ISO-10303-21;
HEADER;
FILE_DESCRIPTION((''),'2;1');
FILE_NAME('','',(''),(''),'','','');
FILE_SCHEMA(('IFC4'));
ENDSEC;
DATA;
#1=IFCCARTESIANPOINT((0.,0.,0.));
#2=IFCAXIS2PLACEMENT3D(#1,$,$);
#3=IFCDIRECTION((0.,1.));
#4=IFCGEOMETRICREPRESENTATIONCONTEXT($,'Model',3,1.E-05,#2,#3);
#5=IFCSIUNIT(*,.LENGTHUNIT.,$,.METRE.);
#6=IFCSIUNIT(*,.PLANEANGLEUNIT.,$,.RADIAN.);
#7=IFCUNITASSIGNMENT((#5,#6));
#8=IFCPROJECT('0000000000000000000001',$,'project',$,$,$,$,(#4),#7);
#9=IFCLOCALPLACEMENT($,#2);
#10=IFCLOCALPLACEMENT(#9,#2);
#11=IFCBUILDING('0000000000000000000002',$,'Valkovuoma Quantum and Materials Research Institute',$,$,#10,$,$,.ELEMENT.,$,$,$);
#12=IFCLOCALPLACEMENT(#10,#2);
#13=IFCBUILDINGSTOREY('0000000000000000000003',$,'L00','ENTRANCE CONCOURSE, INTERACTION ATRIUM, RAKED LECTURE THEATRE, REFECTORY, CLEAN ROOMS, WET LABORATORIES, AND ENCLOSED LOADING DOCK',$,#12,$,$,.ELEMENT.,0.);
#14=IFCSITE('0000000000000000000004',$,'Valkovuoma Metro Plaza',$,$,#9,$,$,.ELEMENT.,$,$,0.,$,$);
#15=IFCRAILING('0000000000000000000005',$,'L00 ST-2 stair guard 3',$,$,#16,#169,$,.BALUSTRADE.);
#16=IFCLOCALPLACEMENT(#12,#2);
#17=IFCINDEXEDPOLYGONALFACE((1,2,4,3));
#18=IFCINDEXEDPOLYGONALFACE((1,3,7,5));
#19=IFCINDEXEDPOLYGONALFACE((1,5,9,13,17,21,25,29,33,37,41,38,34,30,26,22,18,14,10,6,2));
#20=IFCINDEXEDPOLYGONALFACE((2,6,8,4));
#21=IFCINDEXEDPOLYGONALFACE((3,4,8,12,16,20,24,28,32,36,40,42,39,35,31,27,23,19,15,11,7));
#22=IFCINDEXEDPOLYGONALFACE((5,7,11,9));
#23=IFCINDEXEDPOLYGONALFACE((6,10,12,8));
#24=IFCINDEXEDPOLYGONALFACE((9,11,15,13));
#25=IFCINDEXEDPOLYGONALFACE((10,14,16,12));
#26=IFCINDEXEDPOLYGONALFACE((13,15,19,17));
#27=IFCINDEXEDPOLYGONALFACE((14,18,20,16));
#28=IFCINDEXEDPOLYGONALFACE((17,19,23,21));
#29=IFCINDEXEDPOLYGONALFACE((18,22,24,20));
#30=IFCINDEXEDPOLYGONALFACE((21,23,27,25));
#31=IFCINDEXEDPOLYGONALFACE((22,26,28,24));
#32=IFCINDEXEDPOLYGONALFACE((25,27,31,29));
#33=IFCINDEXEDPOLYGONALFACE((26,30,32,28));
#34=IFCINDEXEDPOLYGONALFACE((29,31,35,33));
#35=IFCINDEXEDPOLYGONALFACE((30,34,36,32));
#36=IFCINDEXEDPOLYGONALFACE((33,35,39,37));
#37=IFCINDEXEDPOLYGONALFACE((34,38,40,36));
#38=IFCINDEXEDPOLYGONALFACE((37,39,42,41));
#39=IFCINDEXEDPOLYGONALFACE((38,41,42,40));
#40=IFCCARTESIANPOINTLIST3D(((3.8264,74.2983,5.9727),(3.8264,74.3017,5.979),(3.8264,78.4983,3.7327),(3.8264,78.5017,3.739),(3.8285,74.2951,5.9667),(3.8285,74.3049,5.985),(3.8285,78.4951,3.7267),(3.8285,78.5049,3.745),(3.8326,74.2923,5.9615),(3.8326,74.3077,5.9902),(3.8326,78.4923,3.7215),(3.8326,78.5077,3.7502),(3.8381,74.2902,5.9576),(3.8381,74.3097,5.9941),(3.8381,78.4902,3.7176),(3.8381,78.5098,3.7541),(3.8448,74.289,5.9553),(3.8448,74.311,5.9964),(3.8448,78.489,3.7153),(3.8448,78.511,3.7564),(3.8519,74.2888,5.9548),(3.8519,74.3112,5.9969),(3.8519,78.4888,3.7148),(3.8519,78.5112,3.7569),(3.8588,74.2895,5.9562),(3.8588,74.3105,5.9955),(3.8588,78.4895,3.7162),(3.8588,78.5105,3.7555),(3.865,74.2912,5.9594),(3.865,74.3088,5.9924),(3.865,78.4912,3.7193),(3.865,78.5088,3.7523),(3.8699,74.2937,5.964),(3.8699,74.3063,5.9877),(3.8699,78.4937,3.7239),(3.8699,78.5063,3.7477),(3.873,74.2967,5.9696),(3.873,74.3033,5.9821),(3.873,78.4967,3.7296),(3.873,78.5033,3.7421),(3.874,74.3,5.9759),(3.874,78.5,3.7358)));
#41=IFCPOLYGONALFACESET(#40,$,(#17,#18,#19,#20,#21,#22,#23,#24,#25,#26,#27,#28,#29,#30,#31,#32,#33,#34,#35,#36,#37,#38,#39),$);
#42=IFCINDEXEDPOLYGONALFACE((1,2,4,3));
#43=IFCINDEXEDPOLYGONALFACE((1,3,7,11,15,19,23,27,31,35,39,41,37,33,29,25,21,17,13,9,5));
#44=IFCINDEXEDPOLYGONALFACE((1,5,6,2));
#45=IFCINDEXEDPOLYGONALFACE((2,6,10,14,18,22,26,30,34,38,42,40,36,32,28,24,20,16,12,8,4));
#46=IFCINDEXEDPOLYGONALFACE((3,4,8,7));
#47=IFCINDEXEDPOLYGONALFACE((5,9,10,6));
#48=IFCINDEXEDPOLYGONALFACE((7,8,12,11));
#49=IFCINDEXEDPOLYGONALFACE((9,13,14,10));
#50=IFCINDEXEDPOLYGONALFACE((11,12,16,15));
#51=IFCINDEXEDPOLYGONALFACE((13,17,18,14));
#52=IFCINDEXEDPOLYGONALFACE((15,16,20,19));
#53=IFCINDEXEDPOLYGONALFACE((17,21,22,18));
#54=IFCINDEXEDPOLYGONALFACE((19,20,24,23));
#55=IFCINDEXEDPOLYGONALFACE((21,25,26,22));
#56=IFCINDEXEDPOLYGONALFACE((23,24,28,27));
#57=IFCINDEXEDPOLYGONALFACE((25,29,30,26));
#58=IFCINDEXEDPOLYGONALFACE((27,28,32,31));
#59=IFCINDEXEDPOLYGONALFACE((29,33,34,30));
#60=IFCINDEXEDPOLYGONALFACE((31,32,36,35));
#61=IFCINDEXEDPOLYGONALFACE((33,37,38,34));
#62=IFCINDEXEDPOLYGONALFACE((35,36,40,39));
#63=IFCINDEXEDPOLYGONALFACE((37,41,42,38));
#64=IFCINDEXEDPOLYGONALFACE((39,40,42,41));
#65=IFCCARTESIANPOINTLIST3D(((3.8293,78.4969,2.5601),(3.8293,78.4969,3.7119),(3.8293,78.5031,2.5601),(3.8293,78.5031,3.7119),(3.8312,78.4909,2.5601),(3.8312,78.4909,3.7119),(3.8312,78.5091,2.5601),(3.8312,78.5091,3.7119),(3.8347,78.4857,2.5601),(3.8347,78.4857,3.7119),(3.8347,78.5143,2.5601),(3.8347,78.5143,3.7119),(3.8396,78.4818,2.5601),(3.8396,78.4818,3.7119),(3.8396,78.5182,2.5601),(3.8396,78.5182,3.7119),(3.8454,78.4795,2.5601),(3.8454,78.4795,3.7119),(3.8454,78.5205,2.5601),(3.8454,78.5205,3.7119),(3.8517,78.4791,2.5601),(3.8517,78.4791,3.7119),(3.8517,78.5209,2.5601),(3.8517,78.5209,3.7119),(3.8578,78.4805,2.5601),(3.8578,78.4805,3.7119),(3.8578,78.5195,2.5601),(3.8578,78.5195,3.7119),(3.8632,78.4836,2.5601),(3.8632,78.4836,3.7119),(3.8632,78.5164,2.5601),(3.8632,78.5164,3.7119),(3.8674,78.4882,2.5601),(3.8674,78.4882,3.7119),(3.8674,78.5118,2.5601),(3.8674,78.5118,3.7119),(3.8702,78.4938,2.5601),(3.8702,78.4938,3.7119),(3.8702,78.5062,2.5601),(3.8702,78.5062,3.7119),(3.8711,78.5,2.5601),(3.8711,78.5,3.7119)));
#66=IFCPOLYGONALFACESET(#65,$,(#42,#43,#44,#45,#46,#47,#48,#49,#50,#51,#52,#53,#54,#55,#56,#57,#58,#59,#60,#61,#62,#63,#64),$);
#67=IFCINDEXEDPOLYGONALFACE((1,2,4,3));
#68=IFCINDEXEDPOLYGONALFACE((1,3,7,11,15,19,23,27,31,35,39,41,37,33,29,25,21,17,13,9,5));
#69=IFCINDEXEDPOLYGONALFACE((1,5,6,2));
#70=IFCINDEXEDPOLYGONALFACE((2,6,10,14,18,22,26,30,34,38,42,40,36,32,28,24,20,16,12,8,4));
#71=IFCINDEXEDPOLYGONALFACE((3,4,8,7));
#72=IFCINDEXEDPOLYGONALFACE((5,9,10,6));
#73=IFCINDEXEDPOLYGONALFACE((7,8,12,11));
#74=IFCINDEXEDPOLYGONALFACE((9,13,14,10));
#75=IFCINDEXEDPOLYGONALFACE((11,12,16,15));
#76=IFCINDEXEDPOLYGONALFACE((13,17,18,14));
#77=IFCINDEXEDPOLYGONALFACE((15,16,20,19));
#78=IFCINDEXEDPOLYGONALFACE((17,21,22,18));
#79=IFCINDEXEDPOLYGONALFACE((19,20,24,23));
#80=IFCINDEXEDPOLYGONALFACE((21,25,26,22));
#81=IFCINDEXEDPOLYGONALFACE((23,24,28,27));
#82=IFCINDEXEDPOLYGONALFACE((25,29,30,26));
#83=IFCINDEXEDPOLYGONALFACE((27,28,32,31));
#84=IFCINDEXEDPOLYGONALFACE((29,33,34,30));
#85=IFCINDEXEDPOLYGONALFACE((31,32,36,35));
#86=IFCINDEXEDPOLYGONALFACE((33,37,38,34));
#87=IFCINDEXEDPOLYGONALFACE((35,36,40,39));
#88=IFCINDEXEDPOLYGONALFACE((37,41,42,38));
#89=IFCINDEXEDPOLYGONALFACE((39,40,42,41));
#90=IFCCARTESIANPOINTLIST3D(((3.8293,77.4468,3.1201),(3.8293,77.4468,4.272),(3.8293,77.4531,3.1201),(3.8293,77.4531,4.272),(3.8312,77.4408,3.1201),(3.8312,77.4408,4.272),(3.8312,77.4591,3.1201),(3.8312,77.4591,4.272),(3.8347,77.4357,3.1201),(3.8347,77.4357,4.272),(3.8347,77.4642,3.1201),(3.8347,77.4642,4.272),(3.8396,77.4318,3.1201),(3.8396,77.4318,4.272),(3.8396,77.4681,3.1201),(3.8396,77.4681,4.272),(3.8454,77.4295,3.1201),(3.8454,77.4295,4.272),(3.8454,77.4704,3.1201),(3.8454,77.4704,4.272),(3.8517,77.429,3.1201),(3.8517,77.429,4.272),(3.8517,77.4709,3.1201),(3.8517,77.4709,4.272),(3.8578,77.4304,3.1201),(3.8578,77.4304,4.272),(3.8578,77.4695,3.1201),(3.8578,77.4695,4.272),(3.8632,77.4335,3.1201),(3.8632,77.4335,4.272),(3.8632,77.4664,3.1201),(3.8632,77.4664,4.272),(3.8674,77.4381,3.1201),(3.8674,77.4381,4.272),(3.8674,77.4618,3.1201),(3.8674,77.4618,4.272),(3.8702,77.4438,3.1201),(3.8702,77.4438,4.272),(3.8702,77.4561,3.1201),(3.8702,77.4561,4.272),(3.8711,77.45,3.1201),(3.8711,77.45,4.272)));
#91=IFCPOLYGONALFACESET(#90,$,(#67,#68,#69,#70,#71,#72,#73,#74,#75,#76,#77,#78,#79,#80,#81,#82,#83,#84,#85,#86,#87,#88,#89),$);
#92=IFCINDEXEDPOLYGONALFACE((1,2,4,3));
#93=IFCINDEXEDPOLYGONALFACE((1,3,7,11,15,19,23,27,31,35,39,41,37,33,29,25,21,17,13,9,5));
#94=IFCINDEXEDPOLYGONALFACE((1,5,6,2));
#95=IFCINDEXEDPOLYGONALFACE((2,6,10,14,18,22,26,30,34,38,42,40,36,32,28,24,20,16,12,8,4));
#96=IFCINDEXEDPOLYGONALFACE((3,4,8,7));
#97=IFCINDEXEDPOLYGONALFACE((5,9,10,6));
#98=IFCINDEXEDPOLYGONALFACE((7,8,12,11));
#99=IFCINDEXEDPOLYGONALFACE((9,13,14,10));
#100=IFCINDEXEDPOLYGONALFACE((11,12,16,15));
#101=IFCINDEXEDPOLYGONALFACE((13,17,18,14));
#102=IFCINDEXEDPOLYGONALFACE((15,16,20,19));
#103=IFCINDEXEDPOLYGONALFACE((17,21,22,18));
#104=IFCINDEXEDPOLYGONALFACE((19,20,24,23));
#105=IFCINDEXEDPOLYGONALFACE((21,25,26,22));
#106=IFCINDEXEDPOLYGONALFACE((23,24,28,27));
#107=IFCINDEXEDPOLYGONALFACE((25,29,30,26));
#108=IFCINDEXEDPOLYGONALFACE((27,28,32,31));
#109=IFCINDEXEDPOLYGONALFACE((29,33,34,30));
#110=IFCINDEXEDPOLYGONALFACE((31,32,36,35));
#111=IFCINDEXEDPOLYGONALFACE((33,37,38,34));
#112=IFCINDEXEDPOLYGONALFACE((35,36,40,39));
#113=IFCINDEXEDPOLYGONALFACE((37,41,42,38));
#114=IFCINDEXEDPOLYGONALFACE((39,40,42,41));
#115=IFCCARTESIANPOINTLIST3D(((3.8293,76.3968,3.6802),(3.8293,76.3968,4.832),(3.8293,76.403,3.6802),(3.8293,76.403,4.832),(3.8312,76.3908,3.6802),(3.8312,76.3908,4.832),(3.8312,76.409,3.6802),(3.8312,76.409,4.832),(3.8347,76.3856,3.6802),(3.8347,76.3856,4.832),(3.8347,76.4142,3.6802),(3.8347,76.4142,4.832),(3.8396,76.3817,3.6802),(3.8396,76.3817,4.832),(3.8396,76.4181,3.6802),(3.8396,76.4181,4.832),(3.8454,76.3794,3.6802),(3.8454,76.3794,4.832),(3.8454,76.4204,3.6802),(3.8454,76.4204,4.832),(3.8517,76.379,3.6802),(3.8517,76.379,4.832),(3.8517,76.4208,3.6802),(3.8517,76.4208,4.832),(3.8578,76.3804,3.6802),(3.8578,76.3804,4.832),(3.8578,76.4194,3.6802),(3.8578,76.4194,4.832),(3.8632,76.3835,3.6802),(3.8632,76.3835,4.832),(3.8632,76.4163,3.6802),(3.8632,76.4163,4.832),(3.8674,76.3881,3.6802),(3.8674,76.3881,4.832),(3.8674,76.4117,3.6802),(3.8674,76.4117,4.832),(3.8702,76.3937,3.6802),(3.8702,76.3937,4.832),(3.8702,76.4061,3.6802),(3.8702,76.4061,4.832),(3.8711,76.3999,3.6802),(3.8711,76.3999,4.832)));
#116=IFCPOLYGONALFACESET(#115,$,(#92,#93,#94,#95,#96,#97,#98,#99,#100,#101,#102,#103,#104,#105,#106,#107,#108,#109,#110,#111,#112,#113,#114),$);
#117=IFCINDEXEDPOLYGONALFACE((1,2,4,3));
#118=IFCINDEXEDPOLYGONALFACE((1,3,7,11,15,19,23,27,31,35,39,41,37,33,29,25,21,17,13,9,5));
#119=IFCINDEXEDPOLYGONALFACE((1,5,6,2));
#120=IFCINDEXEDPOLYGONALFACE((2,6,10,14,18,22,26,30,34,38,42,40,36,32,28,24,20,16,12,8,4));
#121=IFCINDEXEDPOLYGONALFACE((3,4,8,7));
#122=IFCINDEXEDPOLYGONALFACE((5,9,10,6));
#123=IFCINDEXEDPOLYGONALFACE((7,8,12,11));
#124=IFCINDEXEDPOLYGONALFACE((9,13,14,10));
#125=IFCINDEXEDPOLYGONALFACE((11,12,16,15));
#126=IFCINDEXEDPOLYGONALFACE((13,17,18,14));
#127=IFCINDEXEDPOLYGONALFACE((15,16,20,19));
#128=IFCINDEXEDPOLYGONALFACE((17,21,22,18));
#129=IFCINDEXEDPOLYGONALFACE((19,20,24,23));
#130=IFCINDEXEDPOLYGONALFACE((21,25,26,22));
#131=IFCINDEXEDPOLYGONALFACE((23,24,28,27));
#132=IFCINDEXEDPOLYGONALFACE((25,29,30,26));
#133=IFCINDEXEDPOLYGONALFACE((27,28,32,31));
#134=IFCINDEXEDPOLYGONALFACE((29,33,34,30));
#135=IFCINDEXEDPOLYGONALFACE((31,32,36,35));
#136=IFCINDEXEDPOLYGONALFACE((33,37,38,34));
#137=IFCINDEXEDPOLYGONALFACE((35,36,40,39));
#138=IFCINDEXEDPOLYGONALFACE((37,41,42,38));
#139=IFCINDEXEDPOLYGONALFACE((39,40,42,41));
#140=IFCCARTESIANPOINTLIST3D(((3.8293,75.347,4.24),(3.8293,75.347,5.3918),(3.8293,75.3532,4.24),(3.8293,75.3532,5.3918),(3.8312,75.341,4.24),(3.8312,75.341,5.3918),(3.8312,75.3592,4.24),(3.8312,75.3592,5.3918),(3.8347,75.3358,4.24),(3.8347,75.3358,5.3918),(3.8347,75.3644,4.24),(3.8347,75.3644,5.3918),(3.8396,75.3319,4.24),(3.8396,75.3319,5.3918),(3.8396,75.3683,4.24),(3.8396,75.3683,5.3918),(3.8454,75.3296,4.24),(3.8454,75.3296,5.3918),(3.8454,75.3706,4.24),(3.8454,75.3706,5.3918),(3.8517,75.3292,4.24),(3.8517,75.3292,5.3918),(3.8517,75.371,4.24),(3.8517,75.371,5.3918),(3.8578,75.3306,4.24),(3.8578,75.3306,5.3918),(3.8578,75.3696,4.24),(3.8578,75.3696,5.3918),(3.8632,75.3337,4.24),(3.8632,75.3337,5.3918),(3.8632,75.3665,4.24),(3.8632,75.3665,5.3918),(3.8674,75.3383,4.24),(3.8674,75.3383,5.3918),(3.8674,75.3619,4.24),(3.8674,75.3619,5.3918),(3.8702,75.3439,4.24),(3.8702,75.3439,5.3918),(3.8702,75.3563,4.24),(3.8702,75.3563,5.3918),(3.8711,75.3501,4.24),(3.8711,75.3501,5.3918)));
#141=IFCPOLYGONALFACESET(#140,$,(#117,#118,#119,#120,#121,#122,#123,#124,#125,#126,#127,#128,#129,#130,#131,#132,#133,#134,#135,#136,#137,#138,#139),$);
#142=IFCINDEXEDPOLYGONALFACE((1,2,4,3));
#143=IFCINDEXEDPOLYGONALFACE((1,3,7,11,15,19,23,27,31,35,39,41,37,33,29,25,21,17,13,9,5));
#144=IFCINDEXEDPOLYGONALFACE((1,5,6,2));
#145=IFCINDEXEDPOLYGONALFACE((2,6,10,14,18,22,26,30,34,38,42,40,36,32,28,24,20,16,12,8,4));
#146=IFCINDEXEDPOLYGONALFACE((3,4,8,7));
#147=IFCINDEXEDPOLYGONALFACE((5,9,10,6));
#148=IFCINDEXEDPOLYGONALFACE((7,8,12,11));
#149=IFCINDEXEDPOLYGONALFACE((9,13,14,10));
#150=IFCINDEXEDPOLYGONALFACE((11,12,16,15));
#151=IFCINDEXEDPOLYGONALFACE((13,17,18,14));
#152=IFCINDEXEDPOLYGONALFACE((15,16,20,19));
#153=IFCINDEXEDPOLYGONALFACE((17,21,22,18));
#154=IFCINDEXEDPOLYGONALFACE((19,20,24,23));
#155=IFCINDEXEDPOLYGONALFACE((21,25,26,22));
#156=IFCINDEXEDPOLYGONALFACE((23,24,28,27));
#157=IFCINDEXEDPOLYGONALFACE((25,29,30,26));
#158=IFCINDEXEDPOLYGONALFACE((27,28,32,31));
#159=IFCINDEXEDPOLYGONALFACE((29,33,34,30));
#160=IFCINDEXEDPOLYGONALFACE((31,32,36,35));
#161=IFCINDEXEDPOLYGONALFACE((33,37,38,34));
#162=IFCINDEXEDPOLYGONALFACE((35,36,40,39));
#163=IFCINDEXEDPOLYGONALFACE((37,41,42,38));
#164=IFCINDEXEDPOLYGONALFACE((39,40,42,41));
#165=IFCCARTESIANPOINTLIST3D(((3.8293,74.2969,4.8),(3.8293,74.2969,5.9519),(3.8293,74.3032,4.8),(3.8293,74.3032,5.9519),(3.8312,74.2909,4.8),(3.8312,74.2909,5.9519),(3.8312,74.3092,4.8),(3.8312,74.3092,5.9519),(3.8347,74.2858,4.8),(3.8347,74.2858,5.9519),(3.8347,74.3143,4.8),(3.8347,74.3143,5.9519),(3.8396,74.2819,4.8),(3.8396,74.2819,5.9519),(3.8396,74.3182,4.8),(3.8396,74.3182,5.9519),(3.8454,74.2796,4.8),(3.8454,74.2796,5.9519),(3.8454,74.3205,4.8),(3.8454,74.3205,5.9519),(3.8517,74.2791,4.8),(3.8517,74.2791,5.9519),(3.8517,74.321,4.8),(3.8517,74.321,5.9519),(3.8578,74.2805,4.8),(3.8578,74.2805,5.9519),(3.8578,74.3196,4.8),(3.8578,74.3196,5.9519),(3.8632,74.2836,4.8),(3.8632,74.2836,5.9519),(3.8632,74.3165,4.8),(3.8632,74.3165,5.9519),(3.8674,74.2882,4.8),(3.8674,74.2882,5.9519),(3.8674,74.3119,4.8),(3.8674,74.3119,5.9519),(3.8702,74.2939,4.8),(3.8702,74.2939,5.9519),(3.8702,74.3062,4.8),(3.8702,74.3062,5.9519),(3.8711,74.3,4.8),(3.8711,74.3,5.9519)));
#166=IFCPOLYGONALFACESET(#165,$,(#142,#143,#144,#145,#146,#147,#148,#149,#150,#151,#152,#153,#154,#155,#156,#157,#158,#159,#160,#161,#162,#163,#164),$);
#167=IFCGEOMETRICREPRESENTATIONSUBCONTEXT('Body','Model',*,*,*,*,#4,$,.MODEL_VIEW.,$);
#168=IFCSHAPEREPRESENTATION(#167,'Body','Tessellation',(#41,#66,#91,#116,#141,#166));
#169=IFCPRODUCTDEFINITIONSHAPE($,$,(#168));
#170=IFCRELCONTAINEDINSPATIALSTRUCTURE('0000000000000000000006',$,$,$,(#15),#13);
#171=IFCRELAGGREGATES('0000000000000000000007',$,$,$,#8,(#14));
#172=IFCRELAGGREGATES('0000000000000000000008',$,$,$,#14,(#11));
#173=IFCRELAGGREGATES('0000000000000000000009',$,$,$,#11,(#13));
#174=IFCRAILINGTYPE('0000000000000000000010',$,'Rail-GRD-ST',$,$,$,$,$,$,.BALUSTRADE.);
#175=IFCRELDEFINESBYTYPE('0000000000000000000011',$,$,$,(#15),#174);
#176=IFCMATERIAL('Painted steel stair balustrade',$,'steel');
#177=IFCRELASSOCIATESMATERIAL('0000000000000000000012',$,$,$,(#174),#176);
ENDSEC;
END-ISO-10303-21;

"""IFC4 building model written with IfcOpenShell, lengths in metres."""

from ifc_helpers import new_model, si_unit, direction, frame, origin, origin_2d, place, context, subcontext, project, spatial, circle, extrude, material, type_object, element, save


model = new_model("IFC4")

# Units and contexts
model_context = context("Model", 3, precision=1e-05, world=origin(), true_north=direction((0.0, 1.0)))
body_context = subcontext(model_context, "Body", "Model", "MODEL_VIEW")
ifc_project = project(units=[si_unit("LENGTHUNIT", "METRE"), si_unit("PLANEANGLEUNIT", "RADIAN")], contexts=[model_context])

# Site, building, storey
site_placement = place(None, origin())
site = spatial("IfcSite", under=ifc_project, at=site_placement, Name="Valkovuoma Metro Plaza", CompositionType="ELEMENT", RefElevation=0.0)
building_placement = place(site_placement, origin())
building = spatial("IfcBuilding", under=site, at=building_placement, Name="Valkovuoma Quantum and Materials Research Institute", CompositionType="ELEMENT")
storey_placement = place(building_placement, origin())
storey = spatial("IfcBuildingStorey", under=building, at=storey_placement, Name="L00", Description="ENTRANCE CONCOURSE, INTERACTION ATRIUM, RAKED LECTURE THEATRE, REFECTORY, CLEAN ROOMS, WET LABORATORIES, AND ENCLOSED LOADING DOCK", CompositionType="ELEMENT", Elevation=0.0)

# Railing
ifc_material_1 = material(Name="Painted steel stair balustrade", Category="steel")
railing_type_1 = type_object("IfcRailingType", Name="Rail-GRD-ST", PredefinedType="BALUSTRADE", material=ifc_material_1)
railing_1_placement = place(storey_placement, frame((3.8501, 78.5, 2.5601)))
element("IfcRailing", 1, at=railing_1_placement, inside=storey, type_object=railing_type_1, Name="L00 ST-2 stair guard 3", PredefinedType="BALUSTRADE", context=body_context, shape_type="SweptSolid", body=[
    extrude(circle(Radius=0.0239, at=origin_2d()), frame((0.0, 0.0, 1.1758), z_axis=(0.0, -0.882352, 0.470591), x_axis=(1.0, 0.0, 0.0)), (0.0, 0.0, 1.0), 4.76),
    extrude(circle(Radius=0.021, at=origin_2d()), origin(), (0.0, 0.0, 1.0), 1.1519),
    extrude(circle(Radius=0.021, at=origin_2d()), frame((0.0, -1.05, 0.5601)), (0.0, 0.0, 1.0), 1.1519),
    extrude(circle(Radius=0.021, at=origin_2d()), frame((0.0, -2.1001, 1.1201)), (0.0, 0.0, 1.0), 1.1519),
    extrude(circle(Radius=0.021, at=origin_2d()), frame((0.0, -3.1499, 1.6799)), (0.0, 0.0, 1.0), 1.1519),
    extrude(circle(Radius=0.021, at=origin_2d()), frame((0.0, -4.2, 2.24)), (0.0, 0.0, 1.0), 1.1519),
])

save(model, "model.ifc")
